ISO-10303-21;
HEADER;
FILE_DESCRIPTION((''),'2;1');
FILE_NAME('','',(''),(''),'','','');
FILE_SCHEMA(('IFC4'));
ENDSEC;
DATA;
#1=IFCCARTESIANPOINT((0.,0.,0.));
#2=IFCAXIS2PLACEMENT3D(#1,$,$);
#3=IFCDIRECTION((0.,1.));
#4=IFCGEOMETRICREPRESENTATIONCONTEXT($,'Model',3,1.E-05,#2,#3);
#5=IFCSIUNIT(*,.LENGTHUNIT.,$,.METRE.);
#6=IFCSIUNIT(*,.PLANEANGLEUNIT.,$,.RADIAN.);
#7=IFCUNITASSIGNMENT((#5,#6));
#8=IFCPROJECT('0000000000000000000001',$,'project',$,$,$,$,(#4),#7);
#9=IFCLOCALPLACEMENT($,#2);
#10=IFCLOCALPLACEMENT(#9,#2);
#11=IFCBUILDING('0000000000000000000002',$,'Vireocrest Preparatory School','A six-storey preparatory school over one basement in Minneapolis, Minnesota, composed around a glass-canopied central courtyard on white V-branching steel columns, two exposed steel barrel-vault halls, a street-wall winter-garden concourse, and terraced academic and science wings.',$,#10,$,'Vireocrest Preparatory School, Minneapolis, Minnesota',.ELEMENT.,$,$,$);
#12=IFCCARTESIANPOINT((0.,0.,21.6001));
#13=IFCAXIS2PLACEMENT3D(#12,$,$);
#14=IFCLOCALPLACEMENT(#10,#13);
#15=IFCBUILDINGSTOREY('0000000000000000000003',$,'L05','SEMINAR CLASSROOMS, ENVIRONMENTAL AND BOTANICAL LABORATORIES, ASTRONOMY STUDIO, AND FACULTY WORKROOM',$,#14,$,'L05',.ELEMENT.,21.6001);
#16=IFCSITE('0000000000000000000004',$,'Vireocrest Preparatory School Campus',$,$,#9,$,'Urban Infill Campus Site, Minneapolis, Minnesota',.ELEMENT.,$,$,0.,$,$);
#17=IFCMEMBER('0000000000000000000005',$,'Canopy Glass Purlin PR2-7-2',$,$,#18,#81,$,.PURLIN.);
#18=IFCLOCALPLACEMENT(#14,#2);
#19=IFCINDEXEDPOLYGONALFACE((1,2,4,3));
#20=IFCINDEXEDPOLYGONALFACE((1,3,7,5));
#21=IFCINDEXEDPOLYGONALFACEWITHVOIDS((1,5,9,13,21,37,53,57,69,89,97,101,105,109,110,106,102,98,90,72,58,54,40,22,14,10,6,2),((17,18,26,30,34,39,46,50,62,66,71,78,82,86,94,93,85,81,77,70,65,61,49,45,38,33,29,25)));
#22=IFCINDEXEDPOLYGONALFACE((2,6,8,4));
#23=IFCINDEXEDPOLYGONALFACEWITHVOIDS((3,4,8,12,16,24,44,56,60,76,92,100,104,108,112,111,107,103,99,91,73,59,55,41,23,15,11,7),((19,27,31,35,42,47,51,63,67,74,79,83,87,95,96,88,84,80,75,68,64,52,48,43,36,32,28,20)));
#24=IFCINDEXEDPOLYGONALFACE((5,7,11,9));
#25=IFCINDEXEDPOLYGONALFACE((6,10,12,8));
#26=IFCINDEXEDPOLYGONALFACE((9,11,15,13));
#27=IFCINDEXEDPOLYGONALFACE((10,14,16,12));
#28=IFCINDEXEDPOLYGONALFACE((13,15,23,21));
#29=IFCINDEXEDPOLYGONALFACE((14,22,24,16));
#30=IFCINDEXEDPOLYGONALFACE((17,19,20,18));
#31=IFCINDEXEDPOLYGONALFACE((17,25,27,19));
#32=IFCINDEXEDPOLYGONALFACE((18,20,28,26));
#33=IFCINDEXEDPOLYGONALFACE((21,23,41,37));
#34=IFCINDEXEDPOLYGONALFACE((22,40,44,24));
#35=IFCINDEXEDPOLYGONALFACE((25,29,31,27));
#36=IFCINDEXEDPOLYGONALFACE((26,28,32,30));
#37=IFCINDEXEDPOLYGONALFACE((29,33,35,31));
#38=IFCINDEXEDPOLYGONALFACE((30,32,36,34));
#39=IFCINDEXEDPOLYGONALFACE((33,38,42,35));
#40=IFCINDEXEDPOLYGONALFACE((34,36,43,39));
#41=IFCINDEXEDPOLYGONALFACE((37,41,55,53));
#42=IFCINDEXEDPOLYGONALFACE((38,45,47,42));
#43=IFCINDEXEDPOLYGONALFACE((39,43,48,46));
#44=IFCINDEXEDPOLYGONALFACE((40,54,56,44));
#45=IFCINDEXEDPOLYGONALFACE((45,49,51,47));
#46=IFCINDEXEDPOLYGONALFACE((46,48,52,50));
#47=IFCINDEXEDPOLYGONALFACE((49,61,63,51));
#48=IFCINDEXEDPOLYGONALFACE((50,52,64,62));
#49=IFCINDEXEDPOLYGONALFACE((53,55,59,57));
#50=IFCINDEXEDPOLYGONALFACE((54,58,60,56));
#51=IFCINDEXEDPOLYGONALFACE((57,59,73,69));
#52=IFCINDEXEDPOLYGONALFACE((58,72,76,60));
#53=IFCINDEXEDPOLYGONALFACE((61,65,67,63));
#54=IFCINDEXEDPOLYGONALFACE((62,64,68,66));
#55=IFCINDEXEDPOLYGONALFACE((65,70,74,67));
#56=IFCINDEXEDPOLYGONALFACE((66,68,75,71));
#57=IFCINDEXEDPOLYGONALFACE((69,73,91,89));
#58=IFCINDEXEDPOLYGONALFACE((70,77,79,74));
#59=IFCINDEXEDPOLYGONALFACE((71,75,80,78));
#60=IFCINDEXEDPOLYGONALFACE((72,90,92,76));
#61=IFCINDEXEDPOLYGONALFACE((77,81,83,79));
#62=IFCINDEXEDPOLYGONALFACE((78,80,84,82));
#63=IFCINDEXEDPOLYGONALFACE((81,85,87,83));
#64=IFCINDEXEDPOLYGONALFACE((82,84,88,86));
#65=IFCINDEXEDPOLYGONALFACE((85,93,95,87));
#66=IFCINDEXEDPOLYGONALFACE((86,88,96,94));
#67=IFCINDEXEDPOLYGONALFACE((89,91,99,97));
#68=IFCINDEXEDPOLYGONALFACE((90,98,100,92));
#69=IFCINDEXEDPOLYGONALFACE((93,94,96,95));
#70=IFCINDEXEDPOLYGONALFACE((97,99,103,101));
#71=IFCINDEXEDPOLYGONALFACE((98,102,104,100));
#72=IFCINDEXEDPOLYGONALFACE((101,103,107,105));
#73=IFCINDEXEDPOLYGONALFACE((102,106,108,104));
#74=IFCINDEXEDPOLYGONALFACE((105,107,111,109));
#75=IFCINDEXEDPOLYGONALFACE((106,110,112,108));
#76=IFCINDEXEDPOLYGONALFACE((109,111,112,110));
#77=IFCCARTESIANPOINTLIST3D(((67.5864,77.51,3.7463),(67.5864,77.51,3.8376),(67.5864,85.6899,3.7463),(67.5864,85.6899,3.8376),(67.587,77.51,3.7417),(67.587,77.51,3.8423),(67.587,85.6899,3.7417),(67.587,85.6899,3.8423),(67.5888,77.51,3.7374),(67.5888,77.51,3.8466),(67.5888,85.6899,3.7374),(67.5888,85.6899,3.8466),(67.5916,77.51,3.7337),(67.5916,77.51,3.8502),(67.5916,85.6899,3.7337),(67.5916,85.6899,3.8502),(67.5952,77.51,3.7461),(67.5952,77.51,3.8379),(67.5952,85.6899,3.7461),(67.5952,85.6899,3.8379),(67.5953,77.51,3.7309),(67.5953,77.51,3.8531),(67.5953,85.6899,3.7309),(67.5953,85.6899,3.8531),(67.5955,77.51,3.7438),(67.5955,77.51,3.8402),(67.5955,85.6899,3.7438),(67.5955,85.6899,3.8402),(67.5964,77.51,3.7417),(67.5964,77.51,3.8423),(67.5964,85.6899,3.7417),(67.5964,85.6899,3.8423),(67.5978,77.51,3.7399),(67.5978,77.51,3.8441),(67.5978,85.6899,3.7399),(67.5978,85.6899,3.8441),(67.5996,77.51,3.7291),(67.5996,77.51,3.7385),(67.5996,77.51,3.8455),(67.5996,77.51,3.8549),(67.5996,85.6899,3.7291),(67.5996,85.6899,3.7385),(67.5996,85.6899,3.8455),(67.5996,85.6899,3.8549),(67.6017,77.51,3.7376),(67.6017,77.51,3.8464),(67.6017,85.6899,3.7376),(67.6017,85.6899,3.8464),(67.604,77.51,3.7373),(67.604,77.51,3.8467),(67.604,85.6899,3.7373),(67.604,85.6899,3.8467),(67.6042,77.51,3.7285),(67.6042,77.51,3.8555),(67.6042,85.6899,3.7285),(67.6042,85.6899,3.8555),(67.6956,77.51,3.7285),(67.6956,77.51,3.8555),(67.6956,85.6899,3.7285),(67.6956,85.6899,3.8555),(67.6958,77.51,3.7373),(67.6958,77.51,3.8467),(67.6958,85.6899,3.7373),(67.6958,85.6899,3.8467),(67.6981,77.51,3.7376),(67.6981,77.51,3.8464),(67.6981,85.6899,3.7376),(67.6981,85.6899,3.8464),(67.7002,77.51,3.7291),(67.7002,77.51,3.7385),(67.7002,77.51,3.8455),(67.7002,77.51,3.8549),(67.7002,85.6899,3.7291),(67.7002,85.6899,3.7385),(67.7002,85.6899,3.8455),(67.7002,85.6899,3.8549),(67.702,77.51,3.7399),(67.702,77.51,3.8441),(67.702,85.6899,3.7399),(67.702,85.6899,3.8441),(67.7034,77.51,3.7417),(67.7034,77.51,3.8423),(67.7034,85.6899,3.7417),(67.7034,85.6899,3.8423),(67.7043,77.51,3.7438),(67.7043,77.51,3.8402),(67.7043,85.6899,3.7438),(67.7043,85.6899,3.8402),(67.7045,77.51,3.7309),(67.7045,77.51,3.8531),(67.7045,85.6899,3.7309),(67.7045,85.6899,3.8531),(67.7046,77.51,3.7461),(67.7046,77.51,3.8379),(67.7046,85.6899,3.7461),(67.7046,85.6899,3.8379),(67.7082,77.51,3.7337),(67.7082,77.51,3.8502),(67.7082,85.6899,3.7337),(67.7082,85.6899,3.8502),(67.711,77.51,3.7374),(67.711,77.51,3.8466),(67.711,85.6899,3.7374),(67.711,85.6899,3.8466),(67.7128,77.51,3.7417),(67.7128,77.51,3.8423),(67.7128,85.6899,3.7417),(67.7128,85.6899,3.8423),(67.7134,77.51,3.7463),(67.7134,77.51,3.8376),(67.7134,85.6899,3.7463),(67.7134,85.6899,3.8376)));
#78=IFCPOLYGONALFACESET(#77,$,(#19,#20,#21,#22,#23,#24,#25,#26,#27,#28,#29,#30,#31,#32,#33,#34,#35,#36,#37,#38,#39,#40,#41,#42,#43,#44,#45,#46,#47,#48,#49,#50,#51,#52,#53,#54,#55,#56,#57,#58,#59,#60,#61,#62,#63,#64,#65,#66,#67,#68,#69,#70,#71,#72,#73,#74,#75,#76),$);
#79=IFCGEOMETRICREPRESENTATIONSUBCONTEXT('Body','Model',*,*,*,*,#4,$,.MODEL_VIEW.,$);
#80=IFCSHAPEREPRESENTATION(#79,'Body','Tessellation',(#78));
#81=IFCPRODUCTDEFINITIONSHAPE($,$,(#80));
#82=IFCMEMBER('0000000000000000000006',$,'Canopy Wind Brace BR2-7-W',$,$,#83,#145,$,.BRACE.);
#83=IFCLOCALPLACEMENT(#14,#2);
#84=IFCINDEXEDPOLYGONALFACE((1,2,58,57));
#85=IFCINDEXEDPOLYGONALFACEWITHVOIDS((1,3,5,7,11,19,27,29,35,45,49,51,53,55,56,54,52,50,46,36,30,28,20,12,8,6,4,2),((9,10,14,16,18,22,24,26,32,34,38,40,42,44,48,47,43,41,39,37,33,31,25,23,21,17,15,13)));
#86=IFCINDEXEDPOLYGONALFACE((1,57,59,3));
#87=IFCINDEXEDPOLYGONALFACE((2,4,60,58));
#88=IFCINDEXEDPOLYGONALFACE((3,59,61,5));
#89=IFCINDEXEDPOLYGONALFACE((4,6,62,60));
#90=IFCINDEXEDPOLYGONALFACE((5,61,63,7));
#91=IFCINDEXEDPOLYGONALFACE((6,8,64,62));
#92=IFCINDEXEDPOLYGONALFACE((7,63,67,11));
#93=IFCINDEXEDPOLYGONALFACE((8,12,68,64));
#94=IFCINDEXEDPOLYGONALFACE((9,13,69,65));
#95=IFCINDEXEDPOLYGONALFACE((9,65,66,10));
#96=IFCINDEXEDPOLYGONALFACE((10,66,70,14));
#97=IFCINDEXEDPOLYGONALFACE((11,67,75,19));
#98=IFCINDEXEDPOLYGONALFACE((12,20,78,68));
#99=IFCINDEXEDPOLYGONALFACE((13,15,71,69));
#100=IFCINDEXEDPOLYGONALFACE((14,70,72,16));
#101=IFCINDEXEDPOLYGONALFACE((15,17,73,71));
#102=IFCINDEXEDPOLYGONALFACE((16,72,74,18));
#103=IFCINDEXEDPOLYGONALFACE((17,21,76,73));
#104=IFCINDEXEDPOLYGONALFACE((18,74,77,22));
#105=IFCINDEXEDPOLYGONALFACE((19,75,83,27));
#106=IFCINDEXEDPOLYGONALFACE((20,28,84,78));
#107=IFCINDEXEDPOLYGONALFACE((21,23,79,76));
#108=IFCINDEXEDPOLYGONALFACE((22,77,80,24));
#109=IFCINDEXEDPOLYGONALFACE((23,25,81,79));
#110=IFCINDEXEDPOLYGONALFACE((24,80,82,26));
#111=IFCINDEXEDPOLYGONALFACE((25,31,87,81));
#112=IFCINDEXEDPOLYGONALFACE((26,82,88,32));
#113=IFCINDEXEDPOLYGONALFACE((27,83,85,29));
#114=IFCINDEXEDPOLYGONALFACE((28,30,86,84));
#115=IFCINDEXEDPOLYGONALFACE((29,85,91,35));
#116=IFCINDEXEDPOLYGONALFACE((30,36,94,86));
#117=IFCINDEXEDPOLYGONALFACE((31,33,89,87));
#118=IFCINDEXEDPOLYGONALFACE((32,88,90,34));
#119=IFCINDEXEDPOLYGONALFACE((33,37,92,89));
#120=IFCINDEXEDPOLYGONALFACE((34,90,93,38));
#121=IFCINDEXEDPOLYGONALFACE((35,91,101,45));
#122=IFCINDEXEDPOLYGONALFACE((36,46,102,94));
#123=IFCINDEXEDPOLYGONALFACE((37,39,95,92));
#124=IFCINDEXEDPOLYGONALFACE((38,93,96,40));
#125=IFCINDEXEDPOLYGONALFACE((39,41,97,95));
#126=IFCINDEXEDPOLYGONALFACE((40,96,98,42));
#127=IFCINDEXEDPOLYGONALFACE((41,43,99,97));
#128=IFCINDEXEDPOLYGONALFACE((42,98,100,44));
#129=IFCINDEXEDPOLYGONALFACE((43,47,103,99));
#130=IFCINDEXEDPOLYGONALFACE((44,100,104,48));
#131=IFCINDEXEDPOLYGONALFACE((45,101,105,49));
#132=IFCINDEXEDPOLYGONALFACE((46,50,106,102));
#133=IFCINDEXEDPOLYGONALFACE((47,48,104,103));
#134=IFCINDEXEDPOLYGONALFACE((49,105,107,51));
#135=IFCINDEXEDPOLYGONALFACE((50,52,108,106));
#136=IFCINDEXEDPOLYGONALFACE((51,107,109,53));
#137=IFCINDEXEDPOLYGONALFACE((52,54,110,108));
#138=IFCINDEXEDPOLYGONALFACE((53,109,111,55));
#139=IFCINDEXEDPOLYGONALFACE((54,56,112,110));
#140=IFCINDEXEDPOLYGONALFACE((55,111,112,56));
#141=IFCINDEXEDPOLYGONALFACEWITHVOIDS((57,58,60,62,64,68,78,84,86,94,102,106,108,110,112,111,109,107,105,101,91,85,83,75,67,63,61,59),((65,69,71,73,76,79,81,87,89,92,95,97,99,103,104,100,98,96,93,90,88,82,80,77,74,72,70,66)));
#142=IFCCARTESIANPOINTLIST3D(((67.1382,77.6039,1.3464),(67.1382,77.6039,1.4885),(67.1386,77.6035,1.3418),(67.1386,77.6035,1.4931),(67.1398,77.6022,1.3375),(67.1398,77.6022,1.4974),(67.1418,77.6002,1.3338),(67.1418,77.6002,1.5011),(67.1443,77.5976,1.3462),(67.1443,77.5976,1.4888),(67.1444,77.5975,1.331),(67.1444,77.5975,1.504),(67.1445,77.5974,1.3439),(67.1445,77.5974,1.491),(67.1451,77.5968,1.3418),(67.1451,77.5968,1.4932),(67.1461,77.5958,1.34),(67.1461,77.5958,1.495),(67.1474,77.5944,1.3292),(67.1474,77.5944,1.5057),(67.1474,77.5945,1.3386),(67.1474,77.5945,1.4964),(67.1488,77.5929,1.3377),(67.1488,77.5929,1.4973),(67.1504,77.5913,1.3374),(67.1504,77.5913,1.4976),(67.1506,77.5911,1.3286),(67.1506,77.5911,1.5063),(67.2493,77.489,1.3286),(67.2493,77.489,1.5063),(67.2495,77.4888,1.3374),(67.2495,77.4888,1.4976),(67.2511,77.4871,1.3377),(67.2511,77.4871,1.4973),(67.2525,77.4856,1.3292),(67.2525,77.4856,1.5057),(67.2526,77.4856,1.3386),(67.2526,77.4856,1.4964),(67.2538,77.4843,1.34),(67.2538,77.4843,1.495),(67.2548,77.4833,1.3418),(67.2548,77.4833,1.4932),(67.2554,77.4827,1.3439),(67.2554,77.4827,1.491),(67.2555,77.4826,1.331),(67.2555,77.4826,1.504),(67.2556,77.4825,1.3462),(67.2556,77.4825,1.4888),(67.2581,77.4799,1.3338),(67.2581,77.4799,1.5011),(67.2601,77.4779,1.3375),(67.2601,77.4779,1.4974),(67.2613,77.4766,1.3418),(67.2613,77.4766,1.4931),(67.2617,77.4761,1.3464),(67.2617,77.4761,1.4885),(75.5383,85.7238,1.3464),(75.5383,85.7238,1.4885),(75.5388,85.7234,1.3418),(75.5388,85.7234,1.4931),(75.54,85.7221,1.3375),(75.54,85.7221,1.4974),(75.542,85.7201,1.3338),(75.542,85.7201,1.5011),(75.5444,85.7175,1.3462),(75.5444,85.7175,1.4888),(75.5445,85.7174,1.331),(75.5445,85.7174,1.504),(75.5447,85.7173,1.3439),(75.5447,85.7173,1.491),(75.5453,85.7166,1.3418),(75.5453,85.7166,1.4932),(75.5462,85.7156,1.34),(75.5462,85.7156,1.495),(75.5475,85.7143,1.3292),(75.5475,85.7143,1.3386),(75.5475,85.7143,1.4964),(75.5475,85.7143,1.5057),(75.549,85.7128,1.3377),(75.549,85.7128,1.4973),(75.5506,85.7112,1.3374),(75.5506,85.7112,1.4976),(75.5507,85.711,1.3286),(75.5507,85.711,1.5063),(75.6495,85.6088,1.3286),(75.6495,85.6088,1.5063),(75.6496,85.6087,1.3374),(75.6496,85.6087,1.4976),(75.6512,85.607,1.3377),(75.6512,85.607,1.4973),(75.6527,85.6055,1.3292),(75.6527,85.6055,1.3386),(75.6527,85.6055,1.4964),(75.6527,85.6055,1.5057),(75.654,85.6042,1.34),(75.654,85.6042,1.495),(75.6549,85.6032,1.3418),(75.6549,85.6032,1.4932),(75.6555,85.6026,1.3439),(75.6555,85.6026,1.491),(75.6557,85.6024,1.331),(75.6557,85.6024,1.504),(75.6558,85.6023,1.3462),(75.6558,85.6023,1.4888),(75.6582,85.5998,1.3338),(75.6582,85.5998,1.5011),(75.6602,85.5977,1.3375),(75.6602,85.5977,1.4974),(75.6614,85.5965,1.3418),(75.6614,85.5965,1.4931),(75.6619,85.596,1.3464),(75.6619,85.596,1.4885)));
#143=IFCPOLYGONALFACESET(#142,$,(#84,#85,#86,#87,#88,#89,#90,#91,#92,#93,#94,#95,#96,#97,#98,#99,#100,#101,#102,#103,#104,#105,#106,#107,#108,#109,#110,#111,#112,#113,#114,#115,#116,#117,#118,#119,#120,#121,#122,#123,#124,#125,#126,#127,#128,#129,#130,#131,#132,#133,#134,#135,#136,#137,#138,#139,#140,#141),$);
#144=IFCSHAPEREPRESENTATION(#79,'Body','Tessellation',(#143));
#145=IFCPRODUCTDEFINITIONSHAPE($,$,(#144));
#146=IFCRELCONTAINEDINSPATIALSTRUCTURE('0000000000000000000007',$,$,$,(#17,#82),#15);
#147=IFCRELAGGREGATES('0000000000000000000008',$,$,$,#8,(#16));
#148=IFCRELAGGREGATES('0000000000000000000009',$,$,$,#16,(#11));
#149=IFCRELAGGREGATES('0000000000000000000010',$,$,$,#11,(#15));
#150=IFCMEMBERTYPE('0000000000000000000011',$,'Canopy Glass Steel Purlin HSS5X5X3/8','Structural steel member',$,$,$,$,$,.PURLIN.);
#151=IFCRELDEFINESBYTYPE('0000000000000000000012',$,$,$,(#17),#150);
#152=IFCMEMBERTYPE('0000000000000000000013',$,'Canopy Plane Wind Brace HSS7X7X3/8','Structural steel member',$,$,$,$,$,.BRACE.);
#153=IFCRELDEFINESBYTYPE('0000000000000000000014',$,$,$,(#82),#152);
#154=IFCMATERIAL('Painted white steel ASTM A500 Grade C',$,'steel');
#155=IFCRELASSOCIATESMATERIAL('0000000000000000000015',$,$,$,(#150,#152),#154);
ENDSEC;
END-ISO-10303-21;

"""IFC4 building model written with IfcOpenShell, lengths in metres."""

from ifc_helpers import new_model, si_unit, direction, frame, origin, origin_2d, place, context, subcontext, project, spatial, hollow_rectangle, extrude, material, material_profile, profile_set, type_object, element, save


model = new_model("IFC4")

# Units and contexts
model_context = context("Model", 3, precision=1e-05, world=origin(), true_north=direction((0.0, 1.0)))
body_context = subcontext(model_context, "Body", "Model", "MODEL_VIEW")
ifc_project = project(units=[si_unit("LENGTHUNIT", "METRE"), si_unit("PLANEANGLEUNIT", "RADIAN")], contexts=[model_context])

# Site, building, storey
site_placement = place(None, origin())
site = spatial("IfcSite", under=ifc_project, at=site_placement, Name="Vireocrest Preparatory School Campus", LongName="Urban Infill Campus Site, Minneapolis, Minnesota", CompositionType="ELEMENT", RefElevation=0.0)
building_placement = place(site_placement, origin())
building = spatial("IfcBuilding", under=site, at=building_placement, Name="Vireocrest Preparatory School", Description="A six-storey preparatory school over one basement in Minneapolis, Minnesota, composed around a glass-canopied central courtyard on white V-branching steel columns, two exposed steel barrel-vault halls, a street-wall winter-garden concourse, and terraced academic and science wings.", LongName="Vireocrest Preparatory School, Minneapolis, Minnesota", CompositionType="ELEMENT")
storey_placement = place(building_placement, frame((0.0, 0.0, 21.6001)))
storey = spatial("IfcBuildingStorey", under=building, at=storey_placement, Name="L05", Description="SEMINAR CLASSROOMS, ENVIRONMENTAL AND BOTANICAL LABORATORIES, ASTRONOMY STUDIO, AND FACULTY WORKROOM", LongName="L05", CompositionType="ELEMENT", Elevation=21.6001)

# Members
ifc_material_1 = material(Name="Painted white steel ASTM A500 Grade C", Category="steel")
ifc_material_profile_1 = material_profile(ifc_material_1, hollow_rectangle(XDim=0.127, YDim=0.127, WallThickness=0.0088, InnerFilletRadius=0.0088, OuterFilletRadius=0.0178, at=origin_2d()), Name="HSS5X5X3/8")
ifc_profile_set_1 = profile_set([ifc_material_profile_1], Name="Painted white steel ASTM A500 Grade C")
member_type_1 = type_object("IfcMemberType", Name="Canopy Glass Steel Purlin HSS5X5X3/8", Description="Structural steel member", PredefinedType="PURLIN", material=ifc_profile_set_1)
member_1_placement = place(storey_placement, frame((67.6499, 77.51, 3.792), z_axis=(0.0, 1.0, 0.0), x_axis=(-1.0, 0.0, 0.0)))
element("IfcMember", 1, at=member_1_placement, inside=storey, type_object=member_type_1, Name="Canopy Glass Purlin PR2-7-2", PredefinedType="PURLIN", context=body_context, shape_type="SweptSolid", body=[
    extrude(hollow_rectangle(XDim=0.127, YDim=0.127, WallThickness=0.0088, InnerFilletRadius=0.0088, OuterFilletRadius=0.0178, at=origin_2d()), origin(), (0.0, 0.0, 1.0), 8.1799),
])
ifc_material_profile_2 = material_profile(ifc_material_1, hollow_rectangle(XDim=0.1777, YDim=0.1777, WallThickness=0.0088, InnerFilletRadius=0.0088, OuterFilletRadius=0.0178, at=origin_2d()), Name="HSS7X7X3/8")
ifc_profile_set_2 = profile_set([ifc_material_profile_2], Name="Painted white steel ASTM A500 Grade C")
member_type_2 = type_object("IfcMemberType", Name="Canopy Plane Wind Brace HSS7X7X3/8", Description="Structural steel member", PredefinedType="BRACE", material=ifc_profile_set_2)
member_2_placement = place(storey_placement, frame((67.2, 77.54, 1.4175), z_axis=(0.719, 0.69501, 0.0), x_axis=(-0.69501, 0.719, 0.0)))
element("IfcMember", 2, at=member_2_placement, inside=storey, type_object=member_type_2, Name="Canopy Wind Brace BR2-7-W", PredefinedType="BRACE", context=body_context, shape_type="SweptSolid", body=[
    extrude(hollow_rectangle(XDim=0.1777, YDim=0.1777, WallThickness=0.0088, InnerFilletRadius=0.0088, OuterFilletRadius=0.0178, at=origin_2d()), origin(), (0.0, 0.0, 1.0), 11.6831),
])

save(model, "model.ifc")
